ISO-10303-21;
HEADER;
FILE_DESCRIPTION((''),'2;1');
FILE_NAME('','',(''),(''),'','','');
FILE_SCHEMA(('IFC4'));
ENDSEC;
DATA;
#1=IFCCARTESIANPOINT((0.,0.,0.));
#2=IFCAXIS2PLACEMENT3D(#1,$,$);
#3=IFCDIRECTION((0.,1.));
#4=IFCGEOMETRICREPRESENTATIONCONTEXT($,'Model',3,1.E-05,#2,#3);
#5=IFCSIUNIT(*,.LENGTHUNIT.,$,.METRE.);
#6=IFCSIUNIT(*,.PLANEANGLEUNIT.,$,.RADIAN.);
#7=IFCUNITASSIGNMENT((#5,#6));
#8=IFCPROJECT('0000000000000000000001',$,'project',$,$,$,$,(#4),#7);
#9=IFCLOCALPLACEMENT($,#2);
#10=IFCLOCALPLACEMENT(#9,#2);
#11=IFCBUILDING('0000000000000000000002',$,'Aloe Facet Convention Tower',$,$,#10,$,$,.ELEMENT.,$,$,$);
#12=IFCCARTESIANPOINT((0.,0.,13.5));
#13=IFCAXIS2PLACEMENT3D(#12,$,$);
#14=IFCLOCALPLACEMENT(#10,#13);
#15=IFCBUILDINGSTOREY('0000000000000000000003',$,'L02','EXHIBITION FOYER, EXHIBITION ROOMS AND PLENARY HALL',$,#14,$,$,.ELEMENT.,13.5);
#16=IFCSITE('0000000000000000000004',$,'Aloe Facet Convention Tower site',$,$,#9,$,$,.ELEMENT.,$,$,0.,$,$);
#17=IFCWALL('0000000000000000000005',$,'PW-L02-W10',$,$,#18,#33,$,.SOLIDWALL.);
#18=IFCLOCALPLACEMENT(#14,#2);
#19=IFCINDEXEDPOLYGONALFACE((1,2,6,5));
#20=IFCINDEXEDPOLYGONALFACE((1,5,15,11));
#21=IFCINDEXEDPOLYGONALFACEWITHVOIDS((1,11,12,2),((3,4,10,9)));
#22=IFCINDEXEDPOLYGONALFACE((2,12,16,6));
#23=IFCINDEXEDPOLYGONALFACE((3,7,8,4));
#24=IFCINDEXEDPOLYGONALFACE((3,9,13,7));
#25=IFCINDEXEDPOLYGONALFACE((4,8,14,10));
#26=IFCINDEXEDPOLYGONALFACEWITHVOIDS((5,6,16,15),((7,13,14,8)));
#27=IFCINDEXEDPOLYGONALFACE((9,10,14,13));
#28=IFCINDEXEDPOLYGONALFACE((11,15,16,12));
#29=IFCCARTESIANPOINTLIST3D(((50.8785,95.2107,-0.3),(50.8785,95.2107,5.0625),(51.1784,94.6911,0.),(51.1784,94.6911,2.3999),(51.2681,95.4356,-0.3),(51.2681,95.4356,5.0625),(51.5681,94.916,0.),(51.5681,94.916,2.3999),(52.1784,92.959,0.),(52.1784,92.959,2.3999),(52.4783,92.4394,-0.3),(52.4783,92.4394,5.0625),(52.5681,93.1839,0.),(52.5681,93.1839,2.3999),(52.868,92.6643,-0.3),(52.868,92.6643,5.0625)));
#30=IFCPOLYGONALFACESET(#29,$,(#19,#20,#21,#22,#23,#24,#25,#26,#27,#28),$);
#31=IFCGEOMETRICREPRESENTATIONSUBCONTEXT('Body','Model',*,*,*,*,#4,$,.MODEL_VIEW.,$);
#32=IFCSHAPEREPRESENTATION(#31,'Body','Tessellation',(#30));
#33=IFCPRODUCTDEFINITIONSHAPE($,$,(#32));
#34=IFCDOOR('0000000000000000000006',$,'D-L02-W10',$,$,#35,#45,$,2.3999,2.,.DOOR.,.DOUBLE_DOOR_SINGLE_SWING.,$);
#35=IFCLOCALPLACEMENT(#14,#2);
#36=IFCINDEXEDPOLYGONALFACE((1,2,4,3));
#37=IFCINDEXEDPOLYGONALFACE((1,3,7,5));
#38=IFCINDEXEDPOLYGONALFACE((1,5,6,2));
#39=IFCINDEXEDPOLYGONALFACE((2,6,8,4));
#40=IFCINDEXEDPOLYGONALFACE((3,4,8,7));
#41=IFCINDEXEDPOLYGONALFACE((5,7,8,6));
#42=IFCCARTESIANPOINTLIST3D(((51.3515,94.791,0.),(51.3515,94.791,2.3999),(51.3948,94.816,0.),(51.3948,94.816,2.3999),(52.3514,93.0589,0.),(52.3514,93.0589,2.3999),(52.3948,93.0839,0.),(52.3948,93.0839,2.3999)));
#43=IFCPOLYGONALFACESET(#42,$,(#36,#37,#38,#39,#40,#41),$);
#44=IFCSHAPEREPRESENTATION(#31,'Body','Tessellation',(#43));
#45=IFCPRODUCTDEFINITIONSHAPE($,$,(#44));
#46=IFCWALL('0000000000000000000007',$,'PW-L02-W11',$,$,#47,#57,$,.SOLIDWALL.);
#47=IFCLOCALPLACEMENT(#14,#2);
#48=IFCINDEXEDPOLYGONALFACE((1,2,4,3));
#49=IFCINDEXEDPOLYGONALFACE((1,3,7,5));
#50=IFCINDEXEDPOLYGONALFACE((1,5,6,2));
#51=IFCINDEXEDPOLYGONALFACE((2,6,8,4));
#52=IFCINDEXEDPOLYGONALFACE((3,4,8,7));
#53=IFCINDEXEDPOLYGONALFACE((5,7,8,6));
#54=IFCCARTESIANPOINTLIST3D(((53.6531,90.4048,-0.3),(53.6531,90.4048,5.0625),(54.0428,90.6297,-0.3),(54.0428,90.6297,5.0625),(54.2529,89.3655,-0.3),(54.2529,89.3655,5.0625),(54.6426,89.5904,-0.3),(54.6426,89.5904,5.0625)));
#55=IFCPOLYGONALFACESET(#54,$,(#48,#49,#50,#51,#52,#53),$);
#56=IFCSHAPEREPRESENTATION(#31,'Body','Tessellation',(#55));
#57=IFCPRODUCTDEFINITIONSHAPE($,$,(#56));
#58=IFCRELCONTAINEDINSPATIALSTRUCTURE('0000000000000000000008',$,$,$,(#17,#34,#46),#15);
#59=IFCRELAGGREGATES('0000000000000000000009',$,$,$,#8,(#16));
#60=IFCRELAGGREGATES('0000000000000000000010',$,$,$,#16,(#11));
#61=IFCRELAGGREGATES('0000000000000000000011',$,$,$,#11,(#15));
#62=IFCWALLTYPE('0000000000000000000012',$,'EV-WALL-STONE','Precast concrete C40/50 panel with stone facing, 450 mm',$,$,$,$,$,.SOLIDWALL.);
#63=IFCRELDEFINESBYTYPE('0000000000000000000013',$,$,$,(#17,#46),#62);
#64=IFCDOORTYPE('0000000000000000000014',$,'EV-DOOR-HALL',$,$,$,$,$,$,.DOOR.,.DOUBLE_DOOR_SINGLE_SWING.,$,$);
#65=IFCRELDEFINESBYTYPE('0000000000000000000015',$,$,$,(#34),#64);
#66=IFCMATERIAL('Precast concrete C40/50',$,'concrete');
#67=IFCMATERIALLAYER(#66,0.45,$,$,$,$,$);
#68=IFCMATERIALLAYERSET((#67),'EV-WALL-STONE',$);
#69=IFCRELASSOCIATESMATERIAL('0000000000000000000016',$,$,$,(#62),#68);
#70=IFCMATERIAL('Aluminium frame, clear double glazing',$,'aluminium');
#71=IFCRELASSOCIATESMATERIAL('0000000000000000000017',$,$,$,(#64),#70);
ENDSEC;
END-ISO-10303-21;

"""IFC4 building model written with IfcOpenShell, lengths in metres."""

from ifc_helpers import new_model, si_unit, direction, frame, frame_2d, origin, place, context, subcontext, project, spatial, rectangle, extrude, material, layer, layer_set, type_object, element, fill, save


model = new_model("IFC4")

# Units and contexts
model_context = context("Model", 3, precision=1e-05, world=origin(), true_north=direction((0.0, 1.0)))
body_context = subcontext(model_context, "Body", "Model", "MODEL_VIEW")
ifc_project = project(units=[si_unit("LENGTHUNIT", "METRE"), si_unit("PLANEANGLEUNIT", "RADIAN")], contexts=[model_context])

# Site, building, storey
site_placement = place(None, origin())
site = spatial("IfcSite", under=ifc_project, at=site_placement, Name="Aloe Facet Convention Tower site", CompositionType="ELEMENT", RefElevation=0.0)
building_placement = place(site_placement, origin())
building = spatial("IfcBuilding", under=site, at=building_placement, Name="Aloe Facet Convention Tower", CompositionType="ELEMENT")
storey_placement = place(building_placement, frame((0.0, 0.0, 13.5)))
storey = spatial("IfcBuildingStorey", under=building, at=storey_placement, Name="L02", Description="EXHIBITION FOYER, EXHIBITION ROOMS AND PLENARY HALL", CompositionType="ELEMENT", Elevation=13.5)

# Shared definitions
ifc_material_1 = material(Name="Precast concrete C40/50", Category="concrete")
ifc_layer_1 = layer(ifc_material_1, 0.45)
ifc_layer_set_1 = layer_set([ifc_layer_1], Name="EV-WALL-STONE")
wall_type = type_object("IfcWallType", Name="EV-WALL-STONE", Description="Precast concrete C40/50 panel with stone facing, 450 mm", PredefinedType="SOLIDWALL", material=ifc_layer_set_1)

# Wall, opening, door
wall_1_placement = place(storey_placement, frame((51.0732, 95.3232, -0.3), z_axis=(0.0, 0.0, 1.0), x_axis=(0.499971, -0.866042, 0.0)))
wall_1 = element("IfcWall", 1, at=wall_1_placement, inside=storey, type_object=wall_type, Name="PW-L02-W10", PredefinedType="SOLIDWALL", context=body_context, shape_type="SweptSolid", body=[
    extrude(rectangle(XDim=3.2, YDim=0.45, at=frame_2d((1.6001, 0.0))), origin(), (0.0, 0.0, 1.0), 5.3625),
])
opening_placement = place(wall_1_placement, frame((0.6001, 0.0, 0.3)))
opening = element("IfcOpeningElement", 2, at=opening_placement, cuts=wall_1, PredefinedType="OPENING", context=body_context, shape_type="SweptSolid", body=[
    extrude(rectangle(XDim=2.0, YDim=2.3999, at=frame_2d((1.0, 1.2))), frame((0.0, 0.2349, 0.0), z_axis=(0.0, -1.0, 0.0), x_axis=(1.0, 0.0, 0.0)), (0.0, 0.0, 1.0), 0.47),
])
ifc_material_2 = material(Name="Aluminium frame, clear double glazing", Category="aluminium")
door_type = type_object("IfcDoorType", Name="EV-DOOR-HALL", OperationType="DOUBLE_DOOR_SINGLE_SWING", PredefinedType="DOOR", material=ifc_material_2)
door_placement = place(opening_placement, origin())
door = element("IfcDoor", 3, at=door_placement, inside=storey, type_object=door_type, Name="D-L02-W10", OperationType="DOUBLE_DOOR_SINGLE_SWING", OverallHeight=2.3999, OverallWidth=2.0, PredefinedType="DOOR", context=body_context, shape_type="SweptSolid", body=[
    extrude(rectangle(XDim=2.0, YDim=2.3999, at=frame_2d((1.0, 1.2))), frame((0.0, 0.0249, 0.0), z_axis=(0.0, -1.0, 0.0), x_axis=(1.0, 0.0, 0.0)), (0.0, 0.0, 1.0), 0.05),
])
fill(opening, door)

# Wall
wall_2_placement = place(storey_placement, frame((53.8479, 90.5173, -0.3), z_axis=(0.0, 0.0, 1.0), x_axis=(0.499881, -0.866094, 0.0)))
element("IfcWall", 4, at=wall_2_placement, inside=storey, type_object=wall_type, Name="PW-L02-W11", PredefinedType="SOLIDWALL", context=body_context, shape_type="SweptSolid", body=[
    extrude(rectangle(XDim=1.2, YDim=0.45, at=frame_2d((0.6001, 0.0))), origin(), (0.0, 0.0, 1.0), 5.3625),
])

save(model, "model.ifc")
